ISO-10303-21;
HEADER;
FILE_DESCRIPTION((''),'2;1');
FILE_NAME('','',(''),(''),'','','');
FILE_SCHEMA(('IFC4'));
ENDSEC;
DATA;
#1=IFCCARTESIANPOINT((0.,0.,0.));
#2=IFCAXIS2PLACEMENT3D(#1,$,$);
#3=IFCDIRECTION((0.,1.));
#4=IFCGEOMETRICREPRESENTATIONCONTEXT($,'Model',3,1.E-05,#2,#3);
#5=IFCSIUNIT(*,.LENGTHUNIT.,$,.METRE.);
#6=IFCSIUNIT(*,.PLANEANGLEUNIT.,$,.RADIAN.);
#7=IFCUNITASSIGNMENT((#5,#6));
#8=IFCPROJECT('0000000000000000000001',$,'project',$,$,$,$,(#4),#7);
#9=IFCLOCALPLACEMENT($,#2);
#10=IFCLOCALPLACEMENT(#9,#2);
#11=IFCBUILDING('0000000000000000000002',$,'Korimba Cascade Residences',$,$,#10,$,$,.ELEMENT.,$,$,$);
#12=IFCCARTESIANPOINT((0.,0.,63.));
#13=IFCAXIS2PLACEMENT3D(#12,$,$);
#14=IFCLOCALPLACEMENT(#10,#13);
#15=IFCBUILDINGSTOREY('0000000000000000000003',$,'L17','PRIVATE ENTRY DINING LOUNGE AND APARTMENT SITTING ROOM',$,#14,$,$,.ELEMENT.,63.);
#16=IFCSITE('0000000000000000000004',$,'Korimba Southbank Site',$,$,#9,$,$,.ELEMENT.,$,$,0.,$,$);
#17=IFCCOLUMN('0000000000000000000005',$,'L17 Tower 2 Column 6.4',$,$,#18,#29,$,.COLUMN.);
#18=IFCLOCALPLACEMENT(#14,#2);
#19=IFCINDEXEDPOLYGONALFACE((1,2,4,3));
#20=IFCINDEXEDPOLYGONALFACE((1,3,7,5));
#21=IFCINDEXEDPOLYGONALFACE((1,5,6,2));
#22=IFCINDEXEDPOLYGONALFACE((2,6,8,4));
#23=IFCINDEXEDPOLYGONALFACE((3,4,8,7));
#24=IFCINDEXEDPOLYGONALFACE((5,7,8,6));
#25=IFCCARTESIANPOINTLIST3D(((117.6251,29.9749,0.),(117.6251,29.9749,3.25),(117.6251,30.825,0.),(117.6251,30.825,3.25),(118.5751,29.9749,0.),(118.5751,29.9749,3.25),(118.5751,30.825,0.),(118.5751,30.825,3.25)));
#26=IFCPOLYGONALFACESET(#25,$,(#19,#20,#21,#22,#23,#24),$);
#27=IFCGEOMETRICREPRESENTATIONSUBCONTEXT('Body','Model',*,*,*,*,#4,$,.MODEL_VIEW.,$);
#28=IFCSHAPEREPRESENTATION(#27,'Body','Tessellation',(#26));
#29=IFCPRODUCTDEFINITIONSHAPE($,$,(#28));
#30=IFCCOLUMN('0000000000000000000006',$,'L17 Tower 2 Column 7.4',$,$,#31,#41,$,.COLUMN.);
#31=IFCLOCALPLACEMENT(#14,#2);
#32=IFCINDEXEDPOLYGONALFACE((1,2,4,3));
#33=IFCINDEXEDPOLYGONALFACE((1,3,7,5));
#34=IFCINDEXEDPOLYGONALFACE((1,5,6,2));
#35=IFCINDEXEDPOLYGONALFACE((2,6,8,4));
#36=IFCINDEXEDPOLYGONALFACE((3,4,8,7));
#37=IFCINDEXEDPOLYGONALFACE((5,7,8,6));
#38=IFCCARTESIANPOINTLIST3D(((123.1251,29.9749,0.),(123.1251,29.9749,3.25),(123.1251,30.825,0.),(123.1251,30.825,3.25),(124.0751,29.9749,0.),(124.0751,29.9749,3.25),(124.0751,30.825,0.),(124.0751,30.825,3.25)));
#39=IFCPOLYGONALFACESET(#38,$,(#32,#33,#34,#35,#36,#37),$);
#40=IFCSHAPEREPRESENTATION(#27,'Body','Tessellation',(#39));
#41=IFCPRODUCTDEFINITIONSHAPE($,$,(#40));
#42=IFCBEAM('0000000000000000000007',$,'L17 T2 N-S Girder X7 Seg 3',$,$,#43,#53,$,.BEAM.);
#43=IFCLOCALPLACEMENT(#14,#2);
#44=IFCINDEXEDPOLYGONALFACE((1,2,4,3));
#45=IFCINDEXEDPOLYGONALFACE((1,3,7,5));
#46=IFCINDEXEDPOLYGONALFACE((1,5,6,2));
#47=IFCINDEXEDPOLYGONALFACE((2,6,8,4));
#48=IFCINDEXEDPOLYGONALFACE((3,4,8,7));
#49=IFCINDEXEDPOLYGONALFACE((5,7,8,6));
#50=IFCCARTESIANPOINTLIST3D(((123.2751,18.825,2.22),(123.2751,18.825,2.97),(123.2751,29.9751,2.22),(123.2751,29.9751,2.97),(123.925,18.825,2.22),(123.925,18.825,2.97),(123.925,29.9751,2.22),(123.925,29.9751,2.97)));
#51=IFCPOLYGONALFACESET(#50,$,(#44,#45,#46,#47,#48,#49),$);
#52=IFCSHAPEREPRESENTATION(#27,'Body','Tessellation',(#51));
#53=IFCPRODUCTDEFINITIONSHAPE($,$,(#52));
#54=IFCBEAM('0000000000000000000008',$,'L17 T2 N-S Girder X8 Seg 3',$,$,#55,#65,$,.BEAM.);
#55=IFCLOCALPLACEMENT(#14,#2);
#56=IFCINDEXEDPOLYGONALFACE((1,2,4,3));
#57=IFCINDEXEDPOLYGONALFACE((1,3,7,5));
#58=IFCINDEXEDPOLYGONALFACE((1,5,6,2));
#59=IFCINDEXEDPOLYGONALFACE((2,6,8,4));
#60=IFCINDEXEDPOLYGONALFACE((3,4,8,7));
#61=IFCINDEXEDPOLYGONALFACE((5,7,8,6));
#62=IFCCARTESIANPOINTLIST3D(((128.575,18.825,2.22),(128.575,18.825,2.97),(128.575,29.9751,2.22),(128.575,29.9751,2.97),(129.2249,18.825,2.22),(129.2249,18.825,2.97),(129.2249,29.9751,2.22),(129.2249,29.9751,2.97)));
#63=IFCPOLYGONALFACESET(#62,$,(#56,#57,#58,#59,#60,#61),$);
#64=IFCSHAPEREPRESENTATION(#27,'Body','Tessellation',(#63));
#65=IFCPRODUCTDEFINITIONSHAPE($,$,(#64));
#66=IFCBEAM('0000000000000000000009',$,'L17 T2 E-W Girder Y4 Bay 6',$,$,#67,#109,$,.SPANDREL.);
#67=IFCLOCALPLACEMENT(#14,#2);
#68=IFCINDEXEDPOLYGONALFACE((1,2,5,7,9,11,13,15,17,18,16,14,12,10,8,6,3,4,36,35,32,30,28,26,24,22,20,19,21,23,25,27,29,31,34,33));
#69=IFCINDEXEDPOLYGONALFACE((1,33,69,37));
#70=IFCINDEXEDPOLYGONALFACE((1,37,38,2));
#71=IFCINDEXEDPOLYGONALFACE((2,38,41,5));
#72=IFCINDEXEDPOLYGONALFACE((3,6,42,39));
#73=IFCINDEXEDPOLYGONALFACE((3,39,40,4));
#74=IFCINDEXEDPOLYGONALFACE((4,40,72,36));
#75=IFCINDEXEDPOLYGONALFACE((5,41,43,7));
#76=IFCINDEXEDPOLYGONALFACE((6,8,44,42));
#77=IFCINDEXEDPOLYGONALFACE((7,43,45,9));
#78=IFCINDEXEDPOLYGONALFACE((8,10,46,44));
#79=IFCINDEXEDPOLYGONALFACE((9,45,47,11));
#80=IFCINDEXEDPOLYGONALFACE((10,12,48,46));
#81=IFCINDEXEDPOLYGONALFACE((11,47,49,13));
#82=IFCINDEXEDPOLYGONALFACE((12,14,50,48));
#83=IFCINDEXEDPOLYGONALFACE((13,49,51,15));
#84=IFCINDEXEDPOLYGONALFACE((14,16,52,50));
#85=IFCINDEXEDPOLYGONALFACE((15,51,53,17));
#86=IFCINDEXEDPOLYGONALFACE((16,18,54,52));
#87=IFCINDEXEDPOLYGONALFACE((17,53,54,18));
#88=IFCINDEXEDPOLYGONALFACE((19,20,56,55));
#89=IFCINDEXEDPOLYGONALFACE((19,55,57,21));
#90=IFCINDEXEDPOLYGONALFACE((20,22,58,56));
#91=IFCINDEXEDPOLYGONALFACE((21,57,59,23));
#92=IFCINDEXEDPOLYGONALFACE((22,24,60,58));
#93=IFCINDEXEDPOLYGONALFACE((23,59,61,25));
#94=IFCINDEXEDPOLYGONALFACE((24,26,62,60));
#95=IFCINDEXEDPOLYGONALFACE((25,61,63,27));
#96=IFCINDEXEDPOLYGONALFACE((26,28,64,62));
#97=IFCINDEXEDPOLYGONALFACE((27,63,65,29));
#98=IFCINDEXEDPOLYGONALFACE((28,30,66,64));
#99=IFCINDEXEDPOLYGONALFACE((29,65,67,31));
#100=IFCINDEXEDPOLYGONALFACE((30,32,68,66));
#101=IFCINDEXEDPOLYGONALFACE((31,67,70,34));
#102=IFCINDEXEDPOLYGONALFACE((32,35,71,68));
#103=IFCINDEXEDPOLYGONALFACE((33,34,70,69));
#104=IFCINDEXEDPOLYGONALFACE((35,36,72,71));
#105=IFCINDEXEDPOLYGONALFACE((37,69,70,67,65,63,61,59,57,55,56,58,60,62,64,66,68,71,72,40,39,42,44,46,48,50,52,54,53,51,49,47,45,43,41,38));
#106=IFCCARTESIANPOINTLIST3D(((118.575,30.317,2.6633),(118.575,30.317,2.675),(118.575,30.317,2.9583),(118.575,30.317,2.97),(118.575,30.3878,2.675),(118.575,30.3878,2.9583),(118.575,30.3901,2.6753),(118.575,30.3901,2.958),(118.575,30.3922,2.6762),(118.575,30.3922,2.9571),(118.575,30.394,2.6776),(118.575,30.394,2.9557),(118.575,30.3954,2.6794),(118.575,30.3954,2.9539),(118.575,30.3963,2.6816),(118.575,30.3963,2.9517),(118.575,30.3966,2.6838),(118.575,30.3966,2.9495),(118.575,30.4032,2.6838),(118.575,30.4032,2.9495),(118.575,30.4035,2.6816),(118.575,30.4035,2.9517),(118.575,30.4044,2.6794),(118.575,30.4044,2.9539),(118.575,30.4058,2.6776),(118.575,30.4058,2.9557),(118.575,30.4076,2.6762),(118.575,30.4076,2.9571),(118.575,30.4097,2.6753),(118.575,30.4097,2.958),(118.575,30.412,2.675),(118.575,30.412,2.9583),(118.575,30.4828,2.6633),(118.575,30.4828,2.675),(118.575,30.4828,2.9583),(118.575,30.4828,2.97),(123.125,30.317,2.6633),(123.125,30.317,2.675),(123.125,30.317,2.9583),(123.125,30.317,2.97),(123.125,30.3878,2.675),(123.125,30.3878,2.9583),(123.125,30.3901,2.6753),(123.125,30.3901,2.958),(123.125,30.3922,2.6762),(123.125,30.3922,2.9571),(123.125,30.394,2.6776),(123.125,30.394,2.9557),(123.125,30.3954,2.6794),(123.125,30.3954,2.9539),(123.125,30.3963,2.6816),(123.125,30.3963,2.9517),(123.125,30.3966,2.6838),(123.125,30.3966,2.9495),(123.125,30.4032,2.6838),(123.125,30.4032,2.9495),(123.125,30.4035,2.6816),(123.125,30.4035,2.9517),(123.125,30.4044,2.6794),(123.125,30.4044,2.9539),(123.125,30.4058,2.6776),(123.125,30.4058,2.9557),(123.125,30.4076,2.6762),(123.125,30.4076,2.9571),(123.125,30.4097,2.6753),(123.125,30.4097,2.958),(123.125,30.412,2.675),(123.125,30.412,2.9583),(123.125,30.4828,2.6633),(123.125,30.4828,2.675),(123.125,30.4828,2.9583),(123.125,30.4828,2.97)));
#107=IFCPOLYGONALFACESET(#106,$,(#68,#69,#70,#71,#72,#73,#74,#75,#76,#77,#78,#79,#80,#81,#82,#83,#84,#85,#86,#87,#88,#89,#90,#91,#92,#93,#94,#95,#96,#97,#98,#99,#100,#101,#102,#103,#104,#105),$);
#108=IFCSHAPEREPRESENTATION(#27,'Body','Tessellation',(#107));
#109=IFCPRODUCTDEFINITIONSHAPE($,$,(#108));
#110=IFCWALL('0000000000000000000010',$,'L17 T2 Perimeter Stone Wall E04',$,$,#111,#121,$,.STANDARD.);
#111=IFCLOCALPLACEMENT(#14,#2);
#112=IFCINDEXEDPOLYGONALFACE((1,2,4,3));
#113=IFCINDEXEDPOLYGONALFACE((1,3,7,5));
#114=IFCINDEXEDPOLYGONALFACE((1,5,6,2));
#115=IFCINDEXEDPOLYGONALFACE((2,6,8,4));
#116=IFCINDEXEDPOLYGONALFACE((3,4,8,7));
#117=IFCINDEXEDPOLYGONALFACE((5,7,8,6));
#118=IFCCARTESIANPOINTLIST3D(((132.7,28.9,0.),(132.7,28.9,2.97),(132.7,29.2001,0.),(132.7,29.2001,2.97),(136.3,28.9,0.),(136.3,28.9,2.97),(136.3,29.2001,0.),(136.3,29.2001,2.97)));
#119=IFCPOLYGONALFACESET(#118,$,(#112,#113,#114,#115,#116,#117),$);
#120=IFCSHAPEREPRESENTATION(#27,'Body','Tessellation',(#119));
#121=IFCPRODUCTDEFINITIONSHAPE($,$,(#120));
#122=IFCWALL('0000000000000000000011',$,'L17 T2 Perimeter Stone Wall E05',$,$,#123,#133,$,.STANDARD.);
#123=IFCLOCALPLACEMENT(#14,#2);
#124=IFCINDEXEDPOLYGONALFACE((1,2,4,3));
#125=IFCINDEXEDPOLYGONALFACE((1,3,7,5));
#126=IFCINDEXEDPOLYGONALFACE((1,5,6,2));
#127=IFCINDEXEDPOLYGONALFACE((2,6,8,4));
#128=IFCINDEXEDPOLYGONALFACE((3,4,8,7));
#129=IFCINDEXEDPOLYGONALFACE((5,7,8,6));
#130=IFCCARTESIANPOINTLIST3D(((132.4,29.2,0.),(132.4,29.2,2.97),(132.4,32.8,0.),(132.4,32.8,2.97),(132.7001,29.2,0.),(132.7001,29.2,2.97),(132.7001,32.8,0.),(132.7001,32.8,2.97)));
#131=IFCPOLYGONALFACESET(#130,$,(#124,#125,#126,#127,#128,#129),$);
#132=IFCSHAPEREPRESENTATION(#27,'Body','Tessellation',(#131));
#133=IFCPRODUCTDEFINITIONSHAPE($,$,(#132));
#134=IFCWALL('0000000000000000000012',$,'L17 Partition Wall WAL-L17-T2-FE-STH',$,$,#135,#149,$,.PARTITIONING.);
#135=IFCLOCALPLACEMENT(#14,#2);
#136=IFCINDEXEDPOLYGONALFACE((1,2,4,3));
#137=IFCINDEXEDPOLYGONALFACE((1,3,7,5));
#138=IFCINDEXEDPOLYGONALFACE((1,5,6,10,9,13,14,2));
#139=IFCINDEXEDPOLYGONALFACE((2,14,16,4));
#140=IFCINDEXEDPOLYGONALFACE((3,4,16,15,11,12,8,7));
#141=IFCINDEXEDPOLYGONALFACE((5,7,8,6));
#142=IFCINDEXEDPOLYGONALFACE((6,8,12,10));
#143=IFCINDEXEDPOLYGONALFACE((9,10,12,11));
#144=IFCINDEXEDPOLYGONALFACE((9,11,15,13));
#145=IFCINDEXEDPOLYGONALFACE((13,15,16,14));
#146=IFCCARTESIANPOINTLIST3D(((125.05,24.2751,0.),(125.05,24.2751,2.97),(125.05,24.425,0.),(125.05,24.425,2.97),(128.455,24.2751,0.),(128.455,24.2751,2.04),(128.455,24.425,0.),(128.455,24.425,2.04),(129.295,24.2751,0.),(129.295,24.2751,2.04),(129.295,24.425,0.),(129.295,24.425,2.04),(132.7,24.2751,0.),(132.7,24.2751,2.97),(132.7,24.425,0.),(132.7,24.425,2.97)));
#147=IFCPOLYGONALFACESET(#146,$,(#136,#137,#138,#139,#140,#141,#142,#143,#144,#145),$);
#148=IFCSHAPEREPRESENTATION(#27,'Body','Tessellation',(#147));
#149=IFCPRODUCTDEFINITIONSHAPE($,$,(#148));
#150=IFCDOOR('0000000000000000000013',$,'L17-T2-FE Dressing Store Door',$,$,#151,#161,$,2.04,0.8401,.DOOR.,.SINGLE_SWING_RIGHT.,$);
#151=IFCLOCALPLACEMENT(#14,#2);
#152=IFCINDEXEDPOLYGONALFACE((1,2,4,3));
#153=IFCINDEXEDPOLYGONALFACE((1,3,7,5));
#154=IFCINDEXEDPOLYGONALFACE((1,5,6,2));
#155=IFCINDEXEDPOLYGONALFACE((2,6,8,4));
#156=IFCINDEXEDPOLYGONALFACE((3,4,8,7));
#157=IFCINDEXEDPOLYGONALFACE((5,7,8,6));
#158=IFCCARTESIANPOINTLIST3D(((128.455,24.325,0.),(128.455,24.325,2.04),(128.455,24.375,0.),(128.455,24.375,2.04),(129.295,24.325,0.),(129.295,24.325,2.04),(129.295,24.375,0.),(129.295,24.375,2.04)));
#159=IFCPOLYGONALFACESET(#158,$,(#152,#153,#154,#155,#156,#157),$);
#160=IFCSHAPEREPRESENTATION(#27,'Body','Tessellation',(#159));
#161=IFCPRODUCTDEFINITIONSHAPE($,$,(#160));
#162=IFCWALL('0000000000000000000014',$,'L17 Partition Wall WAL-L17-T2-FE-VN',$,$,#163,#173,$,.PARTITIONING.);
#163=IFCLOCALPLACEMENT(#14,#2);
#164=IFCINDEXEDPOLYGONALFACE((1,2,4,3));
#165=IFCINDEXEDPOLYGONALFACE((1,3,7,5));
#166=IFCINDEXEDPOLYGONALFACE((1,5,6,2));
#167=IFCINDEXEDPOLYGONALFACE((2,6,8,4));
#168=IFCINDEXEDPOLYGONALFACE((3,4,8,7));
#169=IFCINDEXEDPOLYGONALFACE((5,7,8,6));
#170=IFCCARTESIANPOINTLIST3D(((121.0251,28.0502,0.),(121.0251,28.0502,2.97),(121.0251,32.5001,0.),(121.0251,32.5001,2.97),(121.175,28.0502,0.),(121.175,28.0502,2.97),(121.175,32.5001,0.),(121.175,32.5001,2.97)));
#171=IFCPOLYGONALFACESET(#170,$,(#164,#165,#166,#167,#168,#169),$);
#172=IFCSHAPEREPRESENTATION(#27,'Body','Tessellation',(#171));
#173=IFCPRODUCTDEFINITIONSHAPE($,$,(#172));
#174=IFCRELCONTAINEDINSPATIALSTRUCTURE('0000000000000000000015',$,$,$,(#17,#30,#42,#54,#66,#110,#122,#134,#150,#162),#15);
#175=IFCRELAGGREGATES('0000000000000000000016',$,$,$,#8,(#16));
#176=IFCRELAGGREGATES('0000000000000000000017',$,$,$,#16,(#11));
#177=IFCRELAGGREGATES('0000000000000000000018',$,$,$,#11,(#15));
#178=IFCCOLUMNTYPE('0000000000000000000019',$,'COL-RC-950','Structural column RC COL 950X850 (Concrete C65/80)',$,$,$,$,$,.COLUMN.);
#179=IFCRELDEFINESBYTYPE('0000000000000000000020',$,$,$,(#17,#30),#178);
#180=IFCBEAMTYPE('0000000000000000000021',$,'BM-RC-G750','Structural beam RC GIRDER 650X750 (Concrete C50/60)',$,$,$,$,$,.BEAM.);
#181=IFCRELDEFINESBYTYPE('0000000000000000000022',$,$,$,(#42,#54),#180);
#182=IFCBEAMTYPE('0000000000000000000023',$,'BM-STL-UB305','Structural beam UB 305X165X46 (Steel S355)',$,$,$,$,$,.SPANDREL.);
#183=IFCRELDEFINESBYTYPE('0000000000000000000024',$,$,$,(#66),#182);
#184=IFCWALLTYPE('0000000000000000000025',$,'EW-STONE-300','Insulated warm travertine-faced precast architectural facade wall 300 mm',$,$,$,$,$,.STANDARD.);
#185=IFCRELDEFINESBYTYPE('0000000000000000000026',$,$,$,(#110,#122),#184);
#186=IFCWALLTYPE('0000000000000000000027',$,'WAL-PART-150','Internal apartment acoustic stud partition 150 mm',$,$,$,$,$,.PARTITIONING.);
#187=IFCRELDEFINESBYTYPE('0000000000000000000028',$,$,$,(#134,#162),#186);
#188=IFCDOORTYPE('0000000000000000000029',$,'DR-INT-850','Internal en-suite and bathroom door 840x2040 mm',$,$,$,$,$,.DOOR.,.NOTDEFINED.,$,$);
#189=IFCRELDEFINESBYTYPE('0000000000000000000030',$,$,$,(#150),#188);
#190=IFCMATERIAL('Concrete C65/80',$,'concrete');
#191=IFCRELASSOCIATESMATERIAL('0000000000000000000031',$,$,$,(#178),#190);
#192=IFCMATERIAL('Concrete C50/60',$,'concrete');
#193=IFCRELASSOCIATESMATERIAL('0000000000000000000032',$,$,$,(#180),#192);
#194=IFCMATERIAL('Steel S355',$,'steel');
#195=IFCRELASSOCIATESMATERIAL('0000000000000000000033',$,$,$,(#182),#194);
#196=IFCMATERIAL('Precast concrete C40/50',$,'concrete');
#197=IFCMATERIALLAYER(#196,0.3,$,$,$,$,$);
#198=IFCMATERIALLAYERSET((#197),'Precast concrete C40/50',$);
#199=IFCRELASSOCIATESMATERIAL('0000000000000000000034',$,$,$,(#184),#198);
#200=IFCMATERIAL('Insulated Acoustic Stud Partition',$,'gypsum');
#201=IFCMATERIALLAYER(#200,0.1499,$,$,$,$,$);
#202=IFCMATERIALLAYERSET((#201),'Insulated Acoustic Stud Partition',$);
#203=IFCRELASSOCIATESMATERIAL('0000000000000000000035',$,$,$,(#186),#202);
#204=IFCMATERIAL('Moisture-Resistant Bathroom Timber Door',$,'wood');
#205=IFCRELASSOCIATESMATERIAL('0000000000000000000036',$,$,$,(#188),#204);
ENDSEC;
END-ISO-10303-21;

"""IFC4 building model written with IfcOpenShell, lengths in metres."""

from ifc_helpers import new_model, si_unit, direction, frame, frame_2d, origin, origin_2d, place, context, subcontext, project, spatial, rectangle, i_section, extrude, material, layer, layer_set, material_profile, profile_set, type_object, element, fill, save


model = new_model("IFC4")

# Units and contexts
model_context = context("Model", 3, precision=1e-05, world=origin(), true_north=direction((0.0, 1.0)))
body_context = subcontext(model_context, "Body", "Model", "MODEL_VIEW")
ifc_project = project(units=[si_unit("LENGTHUNIT", "METRE"), si_unit("PLANEANGLEUNIT", "RADIAN")], contexts=[model_context])

# Site, building, storey
site_placement = place(None, origin())
site = spatial("IfcSite", under=ifc_project, at=site_placement, Name="Korimba Southbank Site", CompositionType="ELEMENT", RefElevation=0.0)
building_placement = place(site_placement, origin())
building = spatial("IfcBuilding", under=site, at=building_placement, Name="Korimba Cascade Residences", CompositionType="ELEMENT")
storey_placement = place(building_placement, frame((0.0, 0.0, 63.0)))
storey = spatial("IfcBuildingStorey", under=building, at=storey_placement, Name="L17", Description="PRIVATE ENTRY DINING LOUNGE AND APARTMENT SITTING ROOM", CompositionType="ELEMENT", Elevation=63.0)

# Columns
ifc_material_1 = material(Name="Concrete C65/80", Category="concrete")
ifc_material_profile_1 = material_profile(ifc_material_1, rectangle(XDim=0.95, YDim=0.8501, at=origin_2d()), Name="Concrete C65/80")
ifc_profile_set_1 = profile_set([ifc_material_profile_1], Name="Concrete C65/80")
column_type = type_object("IfcColumnType", Name="COL-RC-950", Description="Structural column RC COL 950X850 (Concrete C65/80)", PredefinedType="COLUMN", material=ifc_profile_set_1)
for number, where, z_axis, x_axis, name in (
    (1, (118.1001, 30.3999, 0.0), (0.0, 0.0, 1.0), (1.0, 0.0, 0.0), "L17 Tower 2 Column 6.4"),
    (2, (123.6001, 30.3999, 0.0), (0.0, 0.0, 1.0), (1.0, 0.0, 0.0), "L17 Tower 2 Column 7.4"),
):
    element("IfcColumn", number, at=place(storey_placement, frame(where, z_axis=z_axis, x_axis=x_axis)), inside=storey, type_object=column_type, Name=name, PredefinedType="COLUMN", context=body_context, shape_type="SweptSolid", body=[
        extrude(rectangle(XDim=0.95, YDim=0.8501, at=origin_2d()), origin(), (0.0, 0.0, 1.0), 3.25),
    ])

# Beams
ifc_material_2 = material(Name="Concrete C50/60", Category="concrete")
ifc_material_profile_2 = material_profile(ifc_material_2, rectangle(XDim=0.6499, YDim=0.75, at=origin_2d()), Name="Concrete C50/60")
ifc_profile_set_2 = profile_set([ifc_material_profile_2], Name="Concrete C50/60")
beam_type_1 = type_object("IfcBeamType", Name="BM-RC-G750", Description="Structural beam RC GIRDER 650X750 (Concrete C50/60)", PredefinedType="BEAM", material=ifc_profile_set_2)
for number, where, z_axis, x_axis, name in (
    (3, (123.6001, 18.825, 2.595), (0.0, 1.0, 0.0), (-1.0, 0.0, 0.0), "L17 T2 N-S Girder X7 Seg 3"),
    (4, (128.8999, 18.825, 2.595), (0.0, 1.0, 0.0), (-1.0, 0.0, 0.0), "L17 T2 N-S Girder X8 Seg 3"),
):
    element("IfcBeam", number, at=place(storey_placement, frame(where, z_axis=z_axis, x_axis=x_axis)), inside=storey, type_object=beam_type_1, Name=name, PredefinedType="BEAM", context=body_context, shape_type="SweptSolid", body=[
        extrude(rectangle(XDim=0.6499, YDim=0.75, at=origin_2d()), origin(), (0.0, 0.0, 1.0), 11.1501),
    ])
ifc_material_3 = material(Name="Steel S355", Category="steel")
ifc_material_profile_3 = material_profile(ifc_material_3, i_section(OverallWidth=0.1658, OverallDepth=0.3066, WebThickness=0.0066, FlangeThickness=0.0117, FilletRadius=0.0088, at=origin_2d()), Name="Steel S355")
ifc_profile_set_3 = profile_set([ifc_material_profile_3], Name="Steel S355")
beam_type_2 = type_object("IfcBeamType", Name="BM-STL-UB305", Description="Structural beam UB 305X165X46 (Steel S355)", PredefinedType="SPANDREL", material=ifc_profile_set_3)
beam_placement = place(storey_placement, frame((118.575, 30.3999, 2.8167), z_axis=(1.0, 0.0, 0.0), x_axis=(0.0, 1.0, 0.0)))
element("IfcBeam", 5, at=beam_placement, inside=storey, type_object=beam_type_2, Name="L17 T2 E-W Girder Y4 Bay 6", PredefinedType="SPANDREL", context=body_context, shape_type="SweptSolid", body=[
    extrude(i_section(OverallWidth=0.1658, OverallDepth=0.3066, WebThickness=0.0066, FlangeThickness=0.0117, FilletRadius=0.0088, at=origin_2d()), origin(), (0.0, 0.0, 1.0), 4.55),
])

# Walls
ifc_material_4 = material(Name="Precast concrete C40/50", Category="concrete")
ifc_layer_1 = layer(ifc_material_4, 0.3)
ifc_layer_set_1 = layer_set([ifc_layer_1], Name="Precast concrete C40/50")
wall_type_1 = type_object("IfcWallType", Name="EW-STONE-300", Description="Insulated warm travertine-faced precast architectural facade wall 300 mm", PredefinedType="STANDARD", material=ifc_layer_set_1)
for number, where, z_axis, x_axis, name in (
    (6, (136.3, 29.05, 0.0), (0.0, 0.0, 1.0), (-1.0, 0.0, 0.0), "L17 T2 Perimeter Stone Wall E04"),
    (7, (132.55, 29.2, 0.0), (0.0, 0.0, 1.0), (0.0, 1.0, 0.0), "L17 T2 Perimeter Stone Wall E05"),
):
    element("IfcWall", number, at=place(storey_placement, frame(where, z_axis=z_axis, x_axis=x_axis)), inside=storey, type_object=wall_type_1, Name=name, PredefinedType="STANDARD", context=body_context, shape_type="SweptSolid", body=[
        extrude(rectangle(XDim=3.6001, YDim=0.3, at=frame_2d((1.8, 0.0))), origin(), (0.0, 0.0, 1.0), 2.97),
    ])

# Wall, opening, door
ifc_material_5 = material(Name="Insulated Acoustic Stud Partition", Category="gypsum")
ifc_layer_2 = layer(ifc_material_5, 0.1499)
ifc_layer_set_2 = layer_set([ifc_layer_2], Name="Insulated Acoustic Stud Partition")
wall_type_2 = type_object("IfcWallType", Name="WAL-PART-150", Description="Internal apartment acoustic stud partition 150 mm", PredefinedType="PARTITIONING", material=ifc_layer_set_2)
wall_1_placement = place(storey_placement, frame((125.05, 24.3501, 0.0), z_axis=(0.0, 0.0, 1.0), x_axis=(1.0, 0.0, 0.0)))
wall_1 = element("IfcWall", 8, at=wall_1_placement, inside=storey, type_object=wall_type_2, Name="L17 Partition Wall WAL-L17-T2-FE-STH", PredefinedType="PARTITIONING", context=body_context, shape_type="SweptSolid", body=[
    extrude(rectangle(XDim=7.6499, YDim=0.1499, at=frame_2d((3.825, 0.0))), origin(), (0.0, 0.0, 1.0), 2.97),
])
opening_1_placement = place(wall_1_placement, frame((3.405, 0.0, 0.0)))
opening_1 = element("IfcOpeningElement", 9, at=opening_1_placement, cuts=wall_1, PredefinedType="OPENING", context=body_context, shape_type="SweptSolid", body=[
    extrude(rectangle(XDim=0.8401, YDim=2.04, at=frame_2d((0.4199, 1.02))), frame((0.0, 0.085, 0.0), z_axis=(0.0, -1.0, 0.0), x_axis=(1.0, 0.0, 0.0)), (0.0, 0.0, 1.0), 0.1699),
])
ifc_material_6 = material(Name="Moisture-Resistant Bathroom Timber Door", Category="wood")
door_type_1 = type_object("IfcDoorType", Name="DR-INT-850", Description="Internal en-suite and bathroom door 840x2040 mm", OperationType="NOTDEFINED", PredefinedType="DOOR", material=ifc_material_6)
door_1_placement = place(opening_1_placement, origin())
door_1 = element("IfcDoor", 10, at=door_1_placement, inside=storey, type_object=door_type_1, Name="L17-T2-FE Dressing Store Door", OperationType="SINGLE_SWING_RIGHT", OverallHeight=2.04, OverallWidth=0.8401, PredefinedType="DOOR", context=body_context, shape_type="SweptSolid", body=[
    extrude(rectangle(XDim=0.8401, YDim=2.04, at=frame_2d((0.4199, 1.02))), frame((0.0, 0.0249, 0.0), z_axis=(0.0, -1.0, 0.0), x_axis=(1.0, 0.0, 0.0)), (0.0, 0.0, 1.0), 0.05),
])
fill(opening_1, door_1)

# Wall
wall_2_placement = place(storey_placement, frame((121.1001, 28.05, 0.0), z_axis=(0.0, 0.0, 1.0), x_axis=(0.0, 1.0, 0.0)))
element("IfcWall", 11, at=wall_2_placement, inside=storey, type_object=wall_type_2, Name="L17 Partition Wall WAL-L17-T2-FE-VN", PredefinedType="PARTITIONING", context=body_context, shape_type="SweptSolid", body=[
    extrude(rectangle(XDim=4.45, YDim=0.1499, at=frame_2d((2.2251, 0.0))), origin(), (0.0, 0.0, 1.0), 2.97),
])

save(model, "model.ifc")
